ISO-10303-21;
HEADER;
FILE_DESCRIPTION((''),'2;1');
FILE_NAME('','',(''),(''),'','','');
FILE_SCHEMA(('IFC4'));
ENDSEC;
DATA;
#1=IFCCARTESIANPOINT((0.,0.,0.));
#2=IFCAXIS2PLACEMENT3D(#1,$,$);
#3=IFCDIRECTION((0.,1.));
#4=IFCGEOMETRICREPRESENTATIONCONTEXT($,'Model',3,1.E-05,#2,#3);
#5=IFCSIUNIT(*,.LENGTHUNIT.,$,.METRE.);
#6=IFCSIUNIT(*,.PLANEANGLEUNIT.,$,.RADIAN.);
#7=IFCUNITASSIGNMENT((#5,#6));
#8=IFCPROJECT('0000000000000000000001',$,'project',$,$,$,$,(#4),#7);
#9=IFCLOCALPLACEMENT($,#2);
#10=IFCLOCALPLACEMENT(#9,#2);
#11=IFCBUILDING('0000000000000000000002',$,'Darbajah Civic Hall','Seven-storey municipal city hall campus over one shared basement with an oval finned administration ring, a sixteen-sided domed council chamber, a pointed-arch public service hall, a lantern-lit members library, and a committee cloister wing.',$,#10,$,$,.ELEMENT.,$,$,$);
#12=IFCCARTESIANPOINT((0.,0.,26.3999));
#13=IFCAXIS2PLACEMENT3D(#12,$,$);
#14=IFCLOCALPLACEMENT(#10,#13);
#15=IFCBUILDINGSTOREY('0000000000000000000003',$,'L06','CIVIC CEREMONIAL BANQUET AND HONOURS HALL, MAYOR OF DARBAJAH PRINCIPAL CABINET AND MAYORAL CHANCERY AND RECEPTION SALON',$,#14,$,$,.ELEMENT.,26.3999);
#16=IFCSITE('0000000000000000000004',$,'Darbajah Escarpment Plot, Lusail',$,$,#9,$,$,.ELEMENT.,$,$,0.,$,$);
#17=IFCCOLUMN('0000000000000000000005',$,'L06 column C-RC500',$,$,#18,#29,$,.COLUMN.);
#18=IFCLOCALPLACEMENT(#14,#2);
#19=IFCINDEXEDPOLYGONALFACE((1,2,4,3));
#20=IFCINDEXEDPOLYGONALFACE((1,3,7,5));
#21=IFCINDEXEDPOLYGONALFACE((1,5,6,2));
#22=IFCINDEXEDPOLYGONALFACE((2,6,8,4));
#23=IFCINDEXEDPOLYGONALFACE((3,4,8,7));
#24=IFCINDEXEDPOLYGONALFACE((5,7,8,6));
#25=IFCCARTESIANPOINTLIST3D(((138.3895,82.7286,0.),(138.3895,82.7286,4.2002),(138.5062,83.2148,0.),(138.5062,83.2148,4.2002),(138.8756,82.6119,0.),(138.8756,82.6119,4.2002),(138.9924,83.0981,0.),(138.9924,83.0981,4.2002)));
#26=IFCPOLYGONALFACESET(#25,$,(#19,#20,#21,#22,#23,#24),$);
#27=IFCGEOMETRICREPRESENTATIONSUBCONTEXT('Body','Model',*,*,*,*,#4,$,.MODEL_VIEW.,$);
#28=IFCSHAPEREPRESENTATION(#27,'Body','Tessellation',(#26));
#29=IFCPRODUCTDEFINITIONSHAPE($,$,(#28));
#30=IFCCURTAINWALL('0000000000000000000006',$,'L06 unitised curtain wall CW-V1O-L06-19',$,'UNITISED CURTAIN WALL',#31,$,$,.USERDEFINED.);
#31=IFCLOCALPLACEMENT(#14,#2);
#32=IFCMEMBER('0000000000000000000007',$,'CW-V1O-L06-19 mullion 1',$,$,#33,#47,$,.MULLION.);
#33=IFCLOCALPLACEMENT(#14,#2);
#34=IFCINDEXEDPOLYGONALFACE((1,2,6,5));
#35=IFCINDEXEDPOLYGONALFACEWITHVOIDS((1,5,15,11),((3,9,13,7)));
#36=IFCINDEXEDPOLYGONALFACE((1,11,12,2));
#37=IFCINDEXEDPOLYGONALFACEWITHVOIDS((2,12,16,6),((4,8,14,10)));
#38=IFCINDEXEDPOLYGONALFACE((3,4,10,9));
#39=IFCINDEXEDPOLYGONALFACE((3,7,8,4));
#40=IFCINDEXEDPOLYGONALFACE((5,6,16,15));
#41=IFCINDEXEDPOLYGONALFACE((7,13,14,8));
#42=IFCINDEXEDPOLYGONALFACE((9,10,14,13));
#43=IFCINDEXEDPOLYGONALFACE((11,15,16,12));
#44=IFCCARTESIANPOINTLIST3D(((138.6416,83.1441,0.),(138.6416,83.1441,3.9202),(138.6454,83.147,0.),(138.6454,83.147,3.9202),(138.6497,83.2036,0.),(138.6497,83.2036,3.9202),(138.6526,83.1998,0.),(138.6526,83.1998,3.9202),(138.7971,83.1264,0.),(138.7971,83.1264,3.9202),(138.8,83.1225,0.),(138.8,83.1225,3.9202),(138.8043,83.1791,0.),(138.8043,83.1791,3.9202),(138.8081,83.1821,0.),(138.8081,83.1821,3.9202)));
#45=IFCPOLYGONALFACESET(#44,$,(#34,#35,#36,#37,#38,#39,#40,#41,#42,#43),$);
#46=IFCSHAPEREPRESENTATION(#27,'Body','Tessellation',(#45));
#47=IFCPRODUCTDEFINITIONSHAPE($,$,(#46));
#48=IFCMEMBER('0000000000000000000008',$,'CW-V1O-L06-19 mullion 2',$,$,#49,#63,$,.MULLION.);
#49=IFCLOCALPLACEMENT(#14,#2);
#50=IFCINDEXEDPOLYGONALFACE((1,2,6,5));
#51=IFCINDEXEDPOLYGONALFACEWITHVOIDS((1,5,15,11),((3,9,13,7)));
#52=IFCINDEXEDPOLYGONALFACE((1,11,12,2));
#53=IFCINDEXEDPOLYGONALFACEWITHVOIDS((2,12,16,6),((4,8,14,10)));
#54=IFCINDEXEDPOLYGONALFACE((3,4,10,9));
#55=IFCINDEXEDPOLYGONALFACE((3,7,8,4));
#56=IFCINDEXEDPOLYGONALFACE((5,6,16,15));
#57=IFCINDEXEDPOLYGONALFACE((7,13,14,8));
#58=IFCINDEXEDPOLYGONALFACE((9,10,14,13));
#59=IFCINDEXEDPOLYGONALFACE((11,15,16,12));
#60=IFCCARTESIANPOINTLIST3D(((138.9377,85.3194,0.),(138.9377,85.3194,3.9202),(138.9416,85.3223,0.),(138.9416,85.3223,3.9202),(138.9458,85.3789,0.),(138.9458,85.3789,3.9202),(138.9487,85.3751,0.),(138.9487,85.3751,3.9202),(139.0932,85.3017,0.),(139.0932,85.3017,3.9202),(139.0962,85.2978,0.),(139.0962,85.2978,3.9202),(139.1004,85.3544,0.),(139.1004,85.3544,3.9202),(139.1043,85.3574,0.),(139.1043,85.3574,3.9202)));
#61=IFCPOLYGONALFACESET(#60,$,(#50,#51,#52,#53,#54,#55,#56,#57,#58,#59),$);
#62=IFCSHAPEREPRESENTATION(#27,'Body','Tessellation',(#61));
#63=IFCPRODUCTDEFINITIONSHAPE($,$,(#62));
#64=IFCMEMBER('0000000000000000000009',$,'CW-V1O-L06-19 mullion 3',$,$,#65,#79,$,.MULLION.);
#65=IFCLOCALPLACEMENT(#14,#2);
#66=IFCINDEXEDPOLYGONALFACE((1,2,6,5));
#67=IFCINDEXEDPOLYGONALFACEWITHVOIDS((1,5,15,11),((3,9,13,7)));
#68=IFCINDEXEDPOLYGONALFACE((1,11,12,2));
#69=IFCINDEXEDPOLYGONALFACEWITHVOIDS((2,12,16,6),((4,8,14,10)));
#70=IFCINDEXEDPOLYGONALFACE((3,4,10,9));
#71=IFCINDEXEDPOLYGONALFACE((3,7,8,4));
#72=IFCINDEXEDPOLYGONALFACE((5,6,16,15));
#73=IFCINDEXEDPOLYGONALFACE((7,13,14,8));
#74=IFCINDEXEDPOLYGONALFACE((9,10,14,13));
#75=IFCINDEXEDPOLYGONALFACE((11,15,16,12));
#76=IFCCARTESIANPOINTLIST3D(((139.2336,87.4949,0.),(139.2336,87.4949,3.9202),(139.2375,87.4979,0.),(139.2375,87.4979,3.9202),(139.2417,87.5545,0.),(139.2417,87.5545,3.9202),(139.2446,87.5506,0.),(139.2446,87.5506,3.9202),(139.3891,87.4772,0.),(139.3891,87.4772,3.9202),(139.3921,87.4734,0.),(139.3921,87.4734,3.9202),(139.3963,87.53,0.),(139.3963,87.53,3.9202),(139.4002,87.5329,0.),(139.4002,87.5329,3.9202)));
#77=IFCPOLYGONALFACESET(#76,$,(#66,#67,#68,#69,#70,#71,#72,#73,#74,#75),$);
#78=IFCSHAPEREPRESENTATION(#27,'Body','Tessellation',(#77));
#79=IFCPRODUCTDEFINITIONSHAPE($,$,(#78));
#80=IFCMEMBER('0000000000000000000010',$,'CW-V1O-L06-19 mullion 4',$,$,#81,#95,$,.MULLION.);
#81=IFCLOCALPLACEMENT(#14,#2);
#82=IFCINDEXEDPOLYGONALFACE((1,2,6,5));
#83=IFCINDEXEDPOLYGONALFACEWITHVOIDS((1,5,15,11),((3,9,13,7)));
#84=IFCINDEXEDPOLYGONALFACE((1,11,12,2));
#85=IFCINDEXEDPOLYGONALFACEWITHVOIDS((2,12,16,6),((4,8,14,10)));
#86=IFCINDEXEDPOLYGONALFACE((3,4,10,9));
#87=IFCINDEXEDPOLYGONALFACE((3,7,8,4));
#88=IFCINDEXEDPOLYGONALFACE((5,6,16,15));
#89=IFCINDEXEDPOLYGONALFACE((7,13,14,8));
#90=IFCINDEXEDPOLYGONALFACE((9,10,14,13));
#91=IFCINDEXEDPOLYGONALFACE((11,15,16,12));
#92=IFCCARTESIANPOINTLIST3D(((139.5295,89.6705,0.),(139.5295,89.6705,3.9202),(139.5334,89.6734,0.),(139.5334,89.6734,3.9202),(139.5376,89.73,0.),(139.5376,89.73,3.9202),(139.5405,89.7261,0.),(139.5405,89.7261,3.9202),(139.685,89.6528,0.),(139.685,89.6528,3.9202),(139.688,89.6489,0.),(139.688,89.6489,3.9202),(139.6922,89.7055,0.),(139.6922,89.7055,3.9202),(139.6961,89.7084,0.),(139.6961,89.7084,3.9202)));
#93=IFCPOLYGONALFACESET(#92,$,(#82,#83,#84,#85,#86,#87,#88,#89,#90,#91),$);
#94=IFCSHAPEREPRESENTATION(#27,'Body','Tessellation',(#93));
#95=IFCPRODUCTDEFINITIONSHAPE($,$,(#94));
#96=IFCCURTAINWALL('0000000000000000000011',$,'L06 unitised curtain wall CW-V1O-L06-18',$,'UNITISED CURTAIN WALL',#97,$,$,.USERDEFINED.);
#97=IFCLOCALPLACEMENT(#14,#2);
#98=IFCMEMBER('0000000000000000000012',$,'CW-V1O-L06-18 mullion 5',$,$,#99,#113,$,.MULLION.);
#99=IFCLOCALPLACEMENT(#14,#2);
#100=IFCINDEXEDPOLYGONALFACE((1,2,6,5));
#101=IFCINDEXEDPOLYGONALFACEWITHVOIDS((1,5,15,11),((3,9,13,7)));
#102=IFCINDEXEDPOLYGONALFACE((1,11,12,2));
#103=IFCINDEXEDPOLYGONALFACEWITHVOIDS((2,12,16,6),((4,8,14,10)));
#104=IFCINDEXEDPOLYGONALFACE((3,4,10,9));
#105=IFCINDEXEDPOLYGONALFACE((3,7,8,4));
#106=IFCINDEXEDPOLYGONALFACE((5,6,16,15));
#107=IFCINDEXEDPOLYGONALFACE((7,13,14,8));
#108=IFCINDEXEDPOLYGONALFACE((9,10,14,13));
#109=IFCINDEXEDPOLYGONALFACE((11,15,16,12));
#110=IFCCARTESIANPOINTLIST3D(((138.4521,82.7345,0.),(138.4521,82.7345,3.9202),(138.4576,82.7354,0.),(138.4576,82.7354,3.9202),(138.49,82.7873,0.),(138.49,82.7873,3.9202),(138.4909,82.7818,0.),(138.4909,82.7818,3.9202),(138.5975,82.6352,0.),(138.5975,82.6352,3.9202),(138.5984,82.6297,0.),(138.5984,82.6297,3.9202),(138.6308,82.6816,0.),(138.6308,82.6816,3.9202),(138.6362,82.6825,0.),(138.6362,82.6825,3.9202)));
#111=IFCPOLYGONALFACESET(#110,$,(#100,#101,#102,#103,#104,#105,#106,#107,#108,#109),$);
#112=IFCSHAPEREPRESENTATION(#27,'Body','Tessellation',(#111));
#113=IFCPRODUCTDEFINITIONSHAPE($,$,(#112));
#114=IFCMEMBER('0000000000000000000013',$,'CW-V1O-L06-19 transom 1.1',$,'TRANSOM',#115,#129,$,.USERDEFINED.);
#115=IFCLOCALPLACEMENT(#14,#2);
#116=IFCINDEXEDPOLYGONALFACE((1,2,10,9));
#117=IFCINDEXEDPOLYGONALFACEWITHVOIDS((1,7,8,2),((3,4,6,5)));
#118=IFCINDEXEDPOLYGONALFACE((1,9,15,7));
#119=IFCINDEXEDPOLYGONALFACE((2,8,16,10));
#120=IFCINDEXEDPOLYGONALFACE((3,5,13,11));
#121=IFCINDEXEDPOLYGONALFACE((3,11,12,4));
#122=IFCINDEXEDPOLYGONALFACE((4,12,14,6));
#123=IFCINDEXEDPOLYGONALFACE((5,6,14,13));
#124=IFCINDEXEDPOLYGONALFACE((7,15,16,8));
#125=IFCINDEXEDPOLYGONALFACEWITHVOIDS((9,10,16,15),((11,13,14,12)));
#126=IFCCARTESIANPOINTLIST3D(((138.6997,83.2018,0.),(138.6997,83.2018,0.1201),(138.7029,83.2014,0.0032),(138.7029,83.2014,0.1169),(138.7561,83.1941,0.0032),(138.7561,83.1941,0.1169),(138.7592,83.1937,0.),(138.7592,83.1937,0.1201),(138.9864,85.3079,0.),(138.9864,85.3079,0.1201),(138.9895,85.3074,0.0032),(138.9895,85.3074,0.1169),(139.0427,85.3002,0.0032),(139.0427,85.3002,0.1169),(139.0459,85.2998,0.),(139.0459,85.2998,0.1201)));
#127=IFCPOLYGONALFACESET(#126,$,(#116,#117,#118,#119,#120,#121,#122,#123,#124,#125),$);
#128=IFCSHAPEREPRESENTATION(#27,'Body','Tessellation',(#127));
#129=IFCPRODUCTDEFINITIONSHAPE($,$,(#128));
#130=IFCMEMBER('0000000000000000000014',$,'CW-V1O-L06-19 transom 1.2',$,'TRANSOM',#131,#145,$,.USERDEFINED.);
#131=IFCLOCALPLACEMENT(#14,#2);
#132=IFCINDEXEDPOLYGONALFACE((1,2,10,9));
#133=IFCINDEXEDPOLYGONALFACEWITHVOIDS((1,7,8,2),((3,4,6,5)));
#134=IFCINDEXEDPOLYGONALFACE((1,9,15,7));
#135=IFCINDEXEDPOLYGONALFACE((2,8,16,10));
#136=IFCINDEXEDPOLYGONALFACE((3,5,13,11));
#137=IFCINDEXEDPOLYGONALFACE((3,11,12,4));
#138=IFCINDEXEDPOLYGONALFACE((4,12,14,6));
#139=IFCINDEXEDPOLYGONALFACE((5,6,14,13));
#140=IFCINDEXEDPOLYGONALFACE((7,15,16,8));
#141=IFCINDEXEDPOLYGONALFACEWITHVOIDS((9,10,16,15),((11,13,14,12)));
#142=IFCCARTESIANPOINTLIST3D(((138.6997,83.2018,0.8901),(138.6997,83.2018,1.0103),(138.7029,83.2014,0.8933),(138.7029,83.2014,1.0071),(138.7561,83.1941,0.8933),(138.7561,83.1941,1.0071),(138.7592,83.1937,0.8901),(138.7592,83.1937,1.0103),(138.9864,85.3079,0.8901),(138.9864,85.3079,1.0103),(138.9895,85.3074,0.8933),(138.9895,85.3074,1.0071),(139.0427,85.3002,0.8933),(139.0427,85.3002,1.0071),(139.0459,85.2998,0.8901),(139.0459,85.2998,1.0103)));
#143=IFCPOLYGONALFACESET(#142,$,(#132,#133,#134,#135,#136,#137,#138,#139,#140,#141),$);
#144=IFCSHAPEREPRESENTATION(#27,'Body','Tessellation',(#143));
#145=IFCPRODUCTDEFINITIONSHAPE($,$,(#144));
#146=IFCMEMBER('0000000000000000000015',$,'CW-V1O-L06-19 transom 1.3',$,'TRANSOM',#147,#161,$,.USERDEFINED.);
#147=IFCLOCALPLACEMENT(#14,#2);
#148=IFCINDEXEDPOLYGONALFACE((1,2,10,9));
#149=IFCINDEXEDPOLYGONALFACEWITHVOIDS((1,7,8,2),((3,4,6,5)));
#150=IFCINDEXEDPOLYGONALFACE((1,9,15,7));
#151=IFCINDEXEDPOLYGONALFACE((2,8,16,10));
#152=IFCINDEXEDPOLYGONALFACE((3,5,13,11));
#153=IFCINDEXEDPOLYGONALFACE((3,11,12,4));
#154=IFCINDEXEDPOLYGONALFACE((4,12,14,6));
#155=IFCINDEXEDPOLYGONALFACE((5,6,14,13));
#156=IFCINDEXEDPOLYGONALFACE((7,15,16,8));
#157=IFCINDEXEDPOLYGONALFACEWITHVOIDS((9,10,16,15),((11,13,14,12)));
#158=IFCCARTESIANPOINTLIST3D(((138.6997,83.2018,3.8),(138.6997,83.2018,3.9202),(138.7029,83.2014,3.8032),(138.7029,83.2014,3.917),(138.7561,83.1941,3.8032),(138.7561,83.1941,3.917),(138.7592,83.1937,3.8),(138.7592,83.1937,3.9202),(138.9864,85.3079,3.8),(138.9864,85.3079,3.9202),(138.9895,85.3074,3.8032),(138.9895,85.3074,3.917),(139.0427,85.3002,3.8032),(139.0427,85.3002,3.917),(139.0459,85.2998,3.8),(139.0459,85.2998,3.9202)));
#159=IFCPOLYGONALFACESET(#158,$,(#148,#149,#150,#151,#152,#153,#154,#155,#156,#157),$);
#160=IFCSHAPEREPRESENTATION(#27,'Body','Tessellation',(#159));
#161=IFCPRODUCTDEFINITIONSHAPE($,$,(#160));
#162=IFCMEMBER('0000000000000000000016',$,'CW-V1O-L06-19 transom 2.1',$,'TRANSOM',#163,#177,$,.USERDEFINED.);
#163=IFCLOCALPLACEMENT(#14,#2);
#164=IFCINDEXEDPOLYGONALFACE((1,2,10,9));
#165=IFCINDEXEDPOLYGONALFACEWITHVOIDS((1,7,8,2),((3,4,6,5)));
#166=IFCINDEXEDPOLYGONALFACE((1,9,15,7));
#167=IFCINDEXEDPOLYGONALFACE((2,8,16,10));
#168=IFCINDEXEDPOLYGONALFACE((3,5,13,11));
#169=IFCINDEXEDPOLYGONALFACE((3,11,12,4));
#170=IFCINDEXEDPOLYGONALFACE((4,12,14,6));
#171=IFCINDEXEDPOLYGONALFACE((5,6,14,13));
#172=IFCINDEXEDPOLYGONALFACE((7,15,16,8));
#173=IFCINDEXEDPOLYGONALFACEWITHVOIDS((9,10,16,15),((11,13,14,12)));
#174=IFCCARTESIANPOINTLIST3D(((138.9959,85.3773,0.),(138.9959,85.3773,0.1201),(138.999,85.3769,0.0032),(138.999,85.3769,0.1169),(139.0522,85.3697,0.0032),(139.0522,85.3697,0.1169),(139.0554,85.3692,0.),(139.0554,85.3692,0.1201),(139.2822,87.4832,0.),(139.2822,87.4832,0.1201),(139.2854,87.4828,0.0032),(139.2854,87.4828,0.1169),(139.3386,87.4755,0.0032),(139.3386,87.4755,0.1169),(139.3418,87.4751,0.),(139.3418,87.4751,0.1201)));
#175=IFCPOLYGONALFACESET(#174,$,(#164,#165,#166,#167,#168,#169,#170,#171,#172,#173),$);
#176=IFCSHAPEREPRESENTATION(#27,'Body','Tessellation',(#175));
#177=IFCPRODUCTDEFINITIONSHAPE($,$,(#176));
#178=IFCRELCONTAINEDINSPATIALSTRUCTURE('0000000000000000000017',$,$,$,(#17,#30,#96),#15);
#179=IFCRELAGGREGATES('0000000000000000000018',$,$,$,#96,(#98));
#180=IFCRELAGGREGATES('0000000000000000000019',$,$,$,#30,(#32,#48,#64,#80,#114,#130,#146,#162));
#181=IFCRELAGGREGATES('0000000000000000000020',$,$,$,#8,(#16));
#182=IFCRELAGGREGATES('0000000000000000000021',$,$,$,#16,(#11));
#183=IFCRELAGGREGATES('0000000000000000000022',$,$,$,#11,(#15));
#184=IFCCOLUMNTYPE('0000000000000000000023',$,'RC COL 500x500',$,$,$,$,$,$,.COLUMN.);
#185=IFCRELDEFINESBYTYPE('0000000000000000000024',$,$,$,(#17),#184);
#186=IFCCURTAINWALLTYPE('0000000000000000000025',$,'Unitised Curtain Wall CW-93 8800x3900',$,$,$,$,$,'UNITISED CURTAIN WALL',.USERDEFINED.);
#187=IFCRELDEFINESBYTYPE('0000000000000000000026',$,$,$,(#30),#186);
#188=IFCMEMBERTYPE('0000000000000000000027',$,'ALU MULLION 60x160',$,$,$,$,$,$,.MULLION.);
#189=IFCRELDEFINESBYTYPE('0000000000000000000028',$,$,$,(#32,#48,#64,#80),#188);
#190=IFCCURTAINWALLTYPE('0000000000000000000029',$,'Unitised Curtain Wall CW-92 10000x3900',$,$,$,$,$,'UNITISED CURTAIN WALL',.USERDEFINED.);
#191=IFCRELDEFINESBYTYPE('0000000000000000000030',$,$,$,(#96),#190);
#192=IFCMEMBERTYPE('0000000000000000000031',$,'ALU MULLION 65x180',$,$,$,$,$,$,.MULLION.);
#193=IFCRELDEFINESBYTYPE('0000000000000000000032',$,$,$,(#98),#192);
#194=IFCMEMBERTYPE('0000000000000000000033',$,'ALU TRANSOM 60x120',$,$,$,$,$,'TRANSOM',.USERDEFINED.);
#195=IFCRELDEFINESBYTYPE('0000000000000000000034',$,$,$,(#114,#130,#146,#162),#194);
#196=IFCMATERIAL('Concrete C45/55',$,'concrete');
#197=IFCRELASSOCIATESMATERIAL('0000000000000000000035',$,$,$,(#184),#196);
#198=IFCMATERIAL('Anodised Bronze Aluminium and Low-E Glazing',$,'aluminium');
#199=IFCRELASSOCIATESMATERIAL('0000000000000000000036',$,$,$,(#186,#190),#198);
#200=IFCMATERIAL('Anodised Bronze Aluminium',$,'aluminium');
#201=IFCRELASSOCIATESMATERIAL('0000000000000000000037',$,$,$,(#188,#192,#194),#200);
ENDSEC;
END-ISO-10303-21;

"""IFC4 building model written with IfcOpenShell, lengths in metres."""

from ifc_helpers import new_model, si_unit, direction, frame, origin, origin_2d, place, context, subcontext, project, spatial, rectangle, hollow_rectangle, extrude, material, material_profile, profile_set, type_object, element, aggregate, save


model = new_model("IFC4")

# Units and contexts
model_context = context("Model", 3, precision=1e-05, world=origin(), true_north=direction((0.0, 1.0)))
body_context = subcontext(model_context, "Body", "Model", "MODEL_VIEW")
ifc_project = project(units=[si_unit("LENGTHUNIT", "METRE"), si_unit("PLANEANGLEUNIT", "RADIAN")], contexts=[model_context])

# Site, building, storey
site_placement = place(None, origin())
site = spatial("IfcSite", under=ifc_project, at=site_placement, Name="Darbajah Escarpment Plot, Lusail", CompositionType="ELEMENT", RefElevation=0.0)
building_placement = place(site_placement, origin())
building = spatial("IfcBuilding", under=site, at=building_placement, Name="Darbajah Civic Hall", Description="Seven-storey municipal city hall campus over one shared basement with an oval finned administration ring, a sixteen-sided domed council chamber, a pointed-arch public service hall, a lantern-lit members library, and a committee cloister wing.", CompositionType="ELEMENT")
storey_placement = place(building_placement, frame((0.0, 0.0, 26.3999)))
storey = spatial("IfcBuildingStorey", under=building, at=storey_placement, Name="L06", Description="CIVIC CEREMONIAL BANQUET AND HONOURS HALL, MAYOR OF DARBAJAH PRINCIPAL CABINET AND MAYORAL CHANCERY AND RECEPTION SALON", CompositionType="ELEMENT", Elevation=26.3999)

# Column
ifc_material_1 = material(Name="Concrete C45/55", Category="concrete")
ifc_material_profile_1 = material_profile(ifc_material_1, rectangle(XDim=0.5, YDim=0.5, at=origin_2d()), Name="RC COL 500x500")
ifc_profile_set_1 = profile_set([ifc_material_profile_1], Name="Concrete C45/55")
column_type = type_object("IfcColumnType", Name="RC COL 500x500", PredefinedType="COLUMN", material=ifc_profile_set_1)
column_placement = place(storey_placement, frame((138.6909, 82.9133, 0.0), z_axis=(0.0, 0.0, 1.0), x_axis=(0.97237, -0.233445, 0.0)))
element("IfcColumn", 1, at=column_placement, inside=storey, type_object=column_type, Name="L06 column C-RC500", PredefinedType="COLUMN", context=body_context, shape_type="SweptSolid", body=[
    extrude(rectangle(XDim=0.5, YDim=0.5, at=origin_2d()), origin(), (0.0, 0.0, 1.0), 4.2002),
])

# Curtain wall, members
ifc_material_2 = material(Name="Anodised Bronze Aluminium and Low-E Glazing", Category="aluminium")
curtain_wall_type_1 = type_object("IfcCurtainWallType", Name="Unitised Curtain Wall CW-93 8800x3900", ElementType="UNITISED CURTAIN WALL", PredefinedType="USERDEFINED", material=ifc_material_2)
curtain_wall_1_placement = place(storey_placement, origin())
curtain_wall_1 = element("IfcCurtainWall", 2, at=curtain_wall_1_placement, inside=storey, type_object=curtain_wall_type_1, Name="L06 unitised curtain wall CW-V1O-L06-19", ObjectType="UNITISED CURTAIN WALL", PredefinedType="USERDEFINED")
ifc_material_3 = material(Name="Anodised Bronze Aluminium", Category="aluminium")
ifc_material_profile_2 = material_profile(ifc_material_3, hollow_rectangle(XDim=0.0601, YDim=0.1599, WallThickness=0.0034, at=origin_2d()), Name="ALU MULLION 60x160")
ifc_profile_set_2 = profile_set([ifc_material_profile_2], Name="Anodised Bronze Aluminium")
member_type_1 = type_object("IfcMemberType", Name="ALU MULLION 60x160", PredefinedType="MULLION", material=ifc_profile_set_2)
member_1_placement = place(storey_placement, frame((138.7249, 83.1631, 0.0), z_axis=(0.0, 0.0, 1.0), x_axis=(0.134851, 0.990866, 0.0)))
member_1 = element("IfcMember", 3, at=member_1_placement, type_object=member_type_1, Name="CW-V1O-L06-19 mullion 1", PredefinedType="MULLION", context=body_context, shape_type="SweptSolid", body=[
    extrude(hollow_rectangle(XDim=0.0601, YDim=0.1599, WallThickness=0.0034, at=origin_2d()), origin(), (0.0, 0.0, 1.0), 3.9202),
])
member_2_placement = place(storey_placement, frame((139.021, 85.3384, 0.0), z_axis=(0.0, 0.0, 1.0), x_axis=(0.134851, 0.990866, 0.0)))
member_2 = element("IfcMember", 4, at=member_2_placement, type_object=member_type_1, Name="CW-V1O-L06-19 mullion 2", PredefinedType="MULLION", context=body_context, shape_type="SweptSolid", body=[
    extrude(hollow_rectangle(XDim=0.0601, YDim=0.1599, WallThickness=0.0034, at=origin_2d()), origin(), (0.0, 0.0, 1.0), 3.9202),
])
member_3_placement = place(storey_placement, frame((139.3169, 87.5139, 0.0), z_axis=(0.0, 0.0, 1.0), x_axis=(0.134851, 0.990866, 0.0)))
member_3 = element("IfcMember", 5, at=member_3_placement, type_object=member_type_1, Name="CW-V1O-L06-19 mullion 3", PredefinedType="MULLION", context=body_context, shape_type="SweptSolid", body=[
    extrude(hollow_rectangle(XDim=0.0601, YDim=0.1599, WallThickness=0.0034, at=origin_2d()), origin(), (0.0, 0.0, 1.0), 3.9202),
])
member_4_placement = place(storey_placement, frame((139.6128, 89.6895, 0.0), z_axis=(0.0, 0.0, 1.0), x_axis=(0.134851, 0.990866, 0.0)))
member_4 = element("IfcMember", 6, at=member_4_placement, type_object=member_type_1, Name="CW-V1O-L06-19 mullion 4", PredefinedType="MULLION", context=body_context, shape_type="SweptSolid", body=[
    extrude(hollow_rectangle(XDim=0.0601, YDim=0.1599, WallThickness=0.0034, at=origin_2d()), origin(), (0.0, 0.0, 1.0), 3.9202),
])

# Curtain wall, member
curtain_wall_type_2 = type_object("IfcCurtainWallType", Name="Unitised Curtain Wall CW-92 10000x3900", ElementType="UNITISED CURTAIN WALL", PredefinedType="USERDEFINED", material=ifc_material_2)
curtain_wall_2_placement = place(storey_placement, origin())
curtain_wall_2 = element("IfcCurtainWall", 7, at=curtain_wall_2_placement, inside=storey, type_object=curtain_wall_type_2, Name="L06 unitised curtain wall CW-V1O-L06-18", ObjectType="UNITISED CURTAIN WALL", PredefinedType="USERDEFINED")
ifc_material_profile_3 = material_profile(ifc_material_3, hollow_rectangle(XDim=0.0649, YDim=0.1799, WallThickness=0.0039, at=origin_2d()), Name="ALU MULLION 65x180")
ifc_profile_set_3 = profile_set([ifc_material_profile_3], Name="Anodised Bronze Aluminium")
member_type_2 = type_object("IfcMemberType", Name="ALU MULLION 65x180", PredefinedType="MULLION", material=ifc_profile_set_3)
member_5_placement = place(storey_placement, frame((138.5442, 82.7085, 0.0), z_axis=(0.0, 0.0, 1.0), x_axis=(0.582265, 0.812999, 0.0)))
member_5 = element("IfcMember", 8, at=member_5_placement, type_object=member_type_2, Name="CW-V1O-L06-18 mullion 5", PredefinedType="MULLION", context=body_context, shape_type="SweptSolid", body=[
    extrude(hollow_rectangle(XDim=0.0649, YDim=0.1799, WallThickness=0.0039, at=origin_2d()), origin(), (0.0, 0.0, 1.0), 3.9202),
])
aggregate(curtain_wall_2, [member_5])

# Members
ifc_material_profile_4 = material_profile(ifc_material_3, hollow_rectangle(XDim=0.0601, YDim=0.1201, WallThickness=0.0032, at=origin_2d()), Name="ALU TRANSOM 60x120")
ifc_profile_set_4 = profile_set([ifc_material_profile_4], Name="Anodised Bronze Aluminium")
member_type_3 = type_object("IfcMemberType", Name="ALU TRANSOM 60x120", ElementType="TRANSOM", PredefinedType="USERDEFINED", material=ifc_profile_set_4)
member_6_placement = place(storey_placement, frame((138.7295, 83.1978, 0.0601), z_axis=(0.134857, 0.990865, 0.0), x_axis=(-0.990865, 0.134857, 0.0)))
member_6 = element("IfcMember", 9, at=member_6_placement, type_object=member_type_3, Name="CW-V1O-L06-19 transom 1.1", ObjectType="TRANSOM", PredefinedType="USERDEFINED", context=body_context, shape_type="SweptSolid", body=[
    extrude(hollow_rectangle(XDim=0.0601, YDim=0.1201, WallThickness=0.0032, at=origin_2d()), origin(), (0.0, 0.0, 1.0), 2.1255),
])
member_7_placement = place(storey_placement, frame((138.7295, 83.1978, 0.9502), z_axis=(0.134857, 0.990865, 0.0), x_axis=(-0.990865, 0.134857, 0.0)))
member_7 = element("IfcMember", 10, at=member_7_placement, type_object=member_type_3, Name="CW-V1O-L06-19 transom 1.2", ObjectType="TRANSOM", PredefinedType="USERDEFINED", context=body_context, shape_type="SweptSolid", body=[
    extrude(hollow_rectangle(XDim=0.0601, YDim=0.1201, WallThickness=0.0032, at=origin_2d()), origin(), (0.0, 0.0, 1.0), 2.1255),
])
member_8_placement = place(storey_placement, frame((138.7295, 83.1978, 3.8601), z_axis=(0.134857, 0.990865, 0.0), x_axis=(-0.990865, 0.134857, 0.0)))
member_8 = element("IfcMember", 11, at=member_8_placement, type_object=member_type_3, Name="CW-V1O-L06-19 transom 1.3", ObjectType="TRANSOM", PredefinedType="USERDEFINED", context=body_context, shape_type="SweptSolid", body=[
    extrude(hollow_rectangle(XDim=0.0601, YDim=0.1201, WallThickness=0.0032, at=origin_2d()), origin(), (0.0, 0.0, 1.0), 2.1255),
])
member_9_placement = place(storey_placement, frame((139.0256, 85.3733, 0.0601), z_axis=(0.134744, 0.99088, 0.0), x_axis=(-0.99088, 0.134744, 0.0)))
member_9 = element("IfcMember", 12, at=member_9_placement, type_object=member_type_3, Name="CW-V1O-L06-19 transom 2.1", ObjectType="TRANSOM", PredefinedType="USERDEFINED", context=body_context, shape_type="SweptSolid", body=[
    extrude(hollow_rectangle(XDim=0.0601, YDim=0.1201, WallThickness=0.0032, at=origin_2d()), origin(), (0.0, 0.0, 1.0), 2.1252),
])

aggregate(curtain_wall_1, [member_1, member_2, member_3, member_4, member_6, member_7, member_8, member_9])

save(model, "model.ifc")
